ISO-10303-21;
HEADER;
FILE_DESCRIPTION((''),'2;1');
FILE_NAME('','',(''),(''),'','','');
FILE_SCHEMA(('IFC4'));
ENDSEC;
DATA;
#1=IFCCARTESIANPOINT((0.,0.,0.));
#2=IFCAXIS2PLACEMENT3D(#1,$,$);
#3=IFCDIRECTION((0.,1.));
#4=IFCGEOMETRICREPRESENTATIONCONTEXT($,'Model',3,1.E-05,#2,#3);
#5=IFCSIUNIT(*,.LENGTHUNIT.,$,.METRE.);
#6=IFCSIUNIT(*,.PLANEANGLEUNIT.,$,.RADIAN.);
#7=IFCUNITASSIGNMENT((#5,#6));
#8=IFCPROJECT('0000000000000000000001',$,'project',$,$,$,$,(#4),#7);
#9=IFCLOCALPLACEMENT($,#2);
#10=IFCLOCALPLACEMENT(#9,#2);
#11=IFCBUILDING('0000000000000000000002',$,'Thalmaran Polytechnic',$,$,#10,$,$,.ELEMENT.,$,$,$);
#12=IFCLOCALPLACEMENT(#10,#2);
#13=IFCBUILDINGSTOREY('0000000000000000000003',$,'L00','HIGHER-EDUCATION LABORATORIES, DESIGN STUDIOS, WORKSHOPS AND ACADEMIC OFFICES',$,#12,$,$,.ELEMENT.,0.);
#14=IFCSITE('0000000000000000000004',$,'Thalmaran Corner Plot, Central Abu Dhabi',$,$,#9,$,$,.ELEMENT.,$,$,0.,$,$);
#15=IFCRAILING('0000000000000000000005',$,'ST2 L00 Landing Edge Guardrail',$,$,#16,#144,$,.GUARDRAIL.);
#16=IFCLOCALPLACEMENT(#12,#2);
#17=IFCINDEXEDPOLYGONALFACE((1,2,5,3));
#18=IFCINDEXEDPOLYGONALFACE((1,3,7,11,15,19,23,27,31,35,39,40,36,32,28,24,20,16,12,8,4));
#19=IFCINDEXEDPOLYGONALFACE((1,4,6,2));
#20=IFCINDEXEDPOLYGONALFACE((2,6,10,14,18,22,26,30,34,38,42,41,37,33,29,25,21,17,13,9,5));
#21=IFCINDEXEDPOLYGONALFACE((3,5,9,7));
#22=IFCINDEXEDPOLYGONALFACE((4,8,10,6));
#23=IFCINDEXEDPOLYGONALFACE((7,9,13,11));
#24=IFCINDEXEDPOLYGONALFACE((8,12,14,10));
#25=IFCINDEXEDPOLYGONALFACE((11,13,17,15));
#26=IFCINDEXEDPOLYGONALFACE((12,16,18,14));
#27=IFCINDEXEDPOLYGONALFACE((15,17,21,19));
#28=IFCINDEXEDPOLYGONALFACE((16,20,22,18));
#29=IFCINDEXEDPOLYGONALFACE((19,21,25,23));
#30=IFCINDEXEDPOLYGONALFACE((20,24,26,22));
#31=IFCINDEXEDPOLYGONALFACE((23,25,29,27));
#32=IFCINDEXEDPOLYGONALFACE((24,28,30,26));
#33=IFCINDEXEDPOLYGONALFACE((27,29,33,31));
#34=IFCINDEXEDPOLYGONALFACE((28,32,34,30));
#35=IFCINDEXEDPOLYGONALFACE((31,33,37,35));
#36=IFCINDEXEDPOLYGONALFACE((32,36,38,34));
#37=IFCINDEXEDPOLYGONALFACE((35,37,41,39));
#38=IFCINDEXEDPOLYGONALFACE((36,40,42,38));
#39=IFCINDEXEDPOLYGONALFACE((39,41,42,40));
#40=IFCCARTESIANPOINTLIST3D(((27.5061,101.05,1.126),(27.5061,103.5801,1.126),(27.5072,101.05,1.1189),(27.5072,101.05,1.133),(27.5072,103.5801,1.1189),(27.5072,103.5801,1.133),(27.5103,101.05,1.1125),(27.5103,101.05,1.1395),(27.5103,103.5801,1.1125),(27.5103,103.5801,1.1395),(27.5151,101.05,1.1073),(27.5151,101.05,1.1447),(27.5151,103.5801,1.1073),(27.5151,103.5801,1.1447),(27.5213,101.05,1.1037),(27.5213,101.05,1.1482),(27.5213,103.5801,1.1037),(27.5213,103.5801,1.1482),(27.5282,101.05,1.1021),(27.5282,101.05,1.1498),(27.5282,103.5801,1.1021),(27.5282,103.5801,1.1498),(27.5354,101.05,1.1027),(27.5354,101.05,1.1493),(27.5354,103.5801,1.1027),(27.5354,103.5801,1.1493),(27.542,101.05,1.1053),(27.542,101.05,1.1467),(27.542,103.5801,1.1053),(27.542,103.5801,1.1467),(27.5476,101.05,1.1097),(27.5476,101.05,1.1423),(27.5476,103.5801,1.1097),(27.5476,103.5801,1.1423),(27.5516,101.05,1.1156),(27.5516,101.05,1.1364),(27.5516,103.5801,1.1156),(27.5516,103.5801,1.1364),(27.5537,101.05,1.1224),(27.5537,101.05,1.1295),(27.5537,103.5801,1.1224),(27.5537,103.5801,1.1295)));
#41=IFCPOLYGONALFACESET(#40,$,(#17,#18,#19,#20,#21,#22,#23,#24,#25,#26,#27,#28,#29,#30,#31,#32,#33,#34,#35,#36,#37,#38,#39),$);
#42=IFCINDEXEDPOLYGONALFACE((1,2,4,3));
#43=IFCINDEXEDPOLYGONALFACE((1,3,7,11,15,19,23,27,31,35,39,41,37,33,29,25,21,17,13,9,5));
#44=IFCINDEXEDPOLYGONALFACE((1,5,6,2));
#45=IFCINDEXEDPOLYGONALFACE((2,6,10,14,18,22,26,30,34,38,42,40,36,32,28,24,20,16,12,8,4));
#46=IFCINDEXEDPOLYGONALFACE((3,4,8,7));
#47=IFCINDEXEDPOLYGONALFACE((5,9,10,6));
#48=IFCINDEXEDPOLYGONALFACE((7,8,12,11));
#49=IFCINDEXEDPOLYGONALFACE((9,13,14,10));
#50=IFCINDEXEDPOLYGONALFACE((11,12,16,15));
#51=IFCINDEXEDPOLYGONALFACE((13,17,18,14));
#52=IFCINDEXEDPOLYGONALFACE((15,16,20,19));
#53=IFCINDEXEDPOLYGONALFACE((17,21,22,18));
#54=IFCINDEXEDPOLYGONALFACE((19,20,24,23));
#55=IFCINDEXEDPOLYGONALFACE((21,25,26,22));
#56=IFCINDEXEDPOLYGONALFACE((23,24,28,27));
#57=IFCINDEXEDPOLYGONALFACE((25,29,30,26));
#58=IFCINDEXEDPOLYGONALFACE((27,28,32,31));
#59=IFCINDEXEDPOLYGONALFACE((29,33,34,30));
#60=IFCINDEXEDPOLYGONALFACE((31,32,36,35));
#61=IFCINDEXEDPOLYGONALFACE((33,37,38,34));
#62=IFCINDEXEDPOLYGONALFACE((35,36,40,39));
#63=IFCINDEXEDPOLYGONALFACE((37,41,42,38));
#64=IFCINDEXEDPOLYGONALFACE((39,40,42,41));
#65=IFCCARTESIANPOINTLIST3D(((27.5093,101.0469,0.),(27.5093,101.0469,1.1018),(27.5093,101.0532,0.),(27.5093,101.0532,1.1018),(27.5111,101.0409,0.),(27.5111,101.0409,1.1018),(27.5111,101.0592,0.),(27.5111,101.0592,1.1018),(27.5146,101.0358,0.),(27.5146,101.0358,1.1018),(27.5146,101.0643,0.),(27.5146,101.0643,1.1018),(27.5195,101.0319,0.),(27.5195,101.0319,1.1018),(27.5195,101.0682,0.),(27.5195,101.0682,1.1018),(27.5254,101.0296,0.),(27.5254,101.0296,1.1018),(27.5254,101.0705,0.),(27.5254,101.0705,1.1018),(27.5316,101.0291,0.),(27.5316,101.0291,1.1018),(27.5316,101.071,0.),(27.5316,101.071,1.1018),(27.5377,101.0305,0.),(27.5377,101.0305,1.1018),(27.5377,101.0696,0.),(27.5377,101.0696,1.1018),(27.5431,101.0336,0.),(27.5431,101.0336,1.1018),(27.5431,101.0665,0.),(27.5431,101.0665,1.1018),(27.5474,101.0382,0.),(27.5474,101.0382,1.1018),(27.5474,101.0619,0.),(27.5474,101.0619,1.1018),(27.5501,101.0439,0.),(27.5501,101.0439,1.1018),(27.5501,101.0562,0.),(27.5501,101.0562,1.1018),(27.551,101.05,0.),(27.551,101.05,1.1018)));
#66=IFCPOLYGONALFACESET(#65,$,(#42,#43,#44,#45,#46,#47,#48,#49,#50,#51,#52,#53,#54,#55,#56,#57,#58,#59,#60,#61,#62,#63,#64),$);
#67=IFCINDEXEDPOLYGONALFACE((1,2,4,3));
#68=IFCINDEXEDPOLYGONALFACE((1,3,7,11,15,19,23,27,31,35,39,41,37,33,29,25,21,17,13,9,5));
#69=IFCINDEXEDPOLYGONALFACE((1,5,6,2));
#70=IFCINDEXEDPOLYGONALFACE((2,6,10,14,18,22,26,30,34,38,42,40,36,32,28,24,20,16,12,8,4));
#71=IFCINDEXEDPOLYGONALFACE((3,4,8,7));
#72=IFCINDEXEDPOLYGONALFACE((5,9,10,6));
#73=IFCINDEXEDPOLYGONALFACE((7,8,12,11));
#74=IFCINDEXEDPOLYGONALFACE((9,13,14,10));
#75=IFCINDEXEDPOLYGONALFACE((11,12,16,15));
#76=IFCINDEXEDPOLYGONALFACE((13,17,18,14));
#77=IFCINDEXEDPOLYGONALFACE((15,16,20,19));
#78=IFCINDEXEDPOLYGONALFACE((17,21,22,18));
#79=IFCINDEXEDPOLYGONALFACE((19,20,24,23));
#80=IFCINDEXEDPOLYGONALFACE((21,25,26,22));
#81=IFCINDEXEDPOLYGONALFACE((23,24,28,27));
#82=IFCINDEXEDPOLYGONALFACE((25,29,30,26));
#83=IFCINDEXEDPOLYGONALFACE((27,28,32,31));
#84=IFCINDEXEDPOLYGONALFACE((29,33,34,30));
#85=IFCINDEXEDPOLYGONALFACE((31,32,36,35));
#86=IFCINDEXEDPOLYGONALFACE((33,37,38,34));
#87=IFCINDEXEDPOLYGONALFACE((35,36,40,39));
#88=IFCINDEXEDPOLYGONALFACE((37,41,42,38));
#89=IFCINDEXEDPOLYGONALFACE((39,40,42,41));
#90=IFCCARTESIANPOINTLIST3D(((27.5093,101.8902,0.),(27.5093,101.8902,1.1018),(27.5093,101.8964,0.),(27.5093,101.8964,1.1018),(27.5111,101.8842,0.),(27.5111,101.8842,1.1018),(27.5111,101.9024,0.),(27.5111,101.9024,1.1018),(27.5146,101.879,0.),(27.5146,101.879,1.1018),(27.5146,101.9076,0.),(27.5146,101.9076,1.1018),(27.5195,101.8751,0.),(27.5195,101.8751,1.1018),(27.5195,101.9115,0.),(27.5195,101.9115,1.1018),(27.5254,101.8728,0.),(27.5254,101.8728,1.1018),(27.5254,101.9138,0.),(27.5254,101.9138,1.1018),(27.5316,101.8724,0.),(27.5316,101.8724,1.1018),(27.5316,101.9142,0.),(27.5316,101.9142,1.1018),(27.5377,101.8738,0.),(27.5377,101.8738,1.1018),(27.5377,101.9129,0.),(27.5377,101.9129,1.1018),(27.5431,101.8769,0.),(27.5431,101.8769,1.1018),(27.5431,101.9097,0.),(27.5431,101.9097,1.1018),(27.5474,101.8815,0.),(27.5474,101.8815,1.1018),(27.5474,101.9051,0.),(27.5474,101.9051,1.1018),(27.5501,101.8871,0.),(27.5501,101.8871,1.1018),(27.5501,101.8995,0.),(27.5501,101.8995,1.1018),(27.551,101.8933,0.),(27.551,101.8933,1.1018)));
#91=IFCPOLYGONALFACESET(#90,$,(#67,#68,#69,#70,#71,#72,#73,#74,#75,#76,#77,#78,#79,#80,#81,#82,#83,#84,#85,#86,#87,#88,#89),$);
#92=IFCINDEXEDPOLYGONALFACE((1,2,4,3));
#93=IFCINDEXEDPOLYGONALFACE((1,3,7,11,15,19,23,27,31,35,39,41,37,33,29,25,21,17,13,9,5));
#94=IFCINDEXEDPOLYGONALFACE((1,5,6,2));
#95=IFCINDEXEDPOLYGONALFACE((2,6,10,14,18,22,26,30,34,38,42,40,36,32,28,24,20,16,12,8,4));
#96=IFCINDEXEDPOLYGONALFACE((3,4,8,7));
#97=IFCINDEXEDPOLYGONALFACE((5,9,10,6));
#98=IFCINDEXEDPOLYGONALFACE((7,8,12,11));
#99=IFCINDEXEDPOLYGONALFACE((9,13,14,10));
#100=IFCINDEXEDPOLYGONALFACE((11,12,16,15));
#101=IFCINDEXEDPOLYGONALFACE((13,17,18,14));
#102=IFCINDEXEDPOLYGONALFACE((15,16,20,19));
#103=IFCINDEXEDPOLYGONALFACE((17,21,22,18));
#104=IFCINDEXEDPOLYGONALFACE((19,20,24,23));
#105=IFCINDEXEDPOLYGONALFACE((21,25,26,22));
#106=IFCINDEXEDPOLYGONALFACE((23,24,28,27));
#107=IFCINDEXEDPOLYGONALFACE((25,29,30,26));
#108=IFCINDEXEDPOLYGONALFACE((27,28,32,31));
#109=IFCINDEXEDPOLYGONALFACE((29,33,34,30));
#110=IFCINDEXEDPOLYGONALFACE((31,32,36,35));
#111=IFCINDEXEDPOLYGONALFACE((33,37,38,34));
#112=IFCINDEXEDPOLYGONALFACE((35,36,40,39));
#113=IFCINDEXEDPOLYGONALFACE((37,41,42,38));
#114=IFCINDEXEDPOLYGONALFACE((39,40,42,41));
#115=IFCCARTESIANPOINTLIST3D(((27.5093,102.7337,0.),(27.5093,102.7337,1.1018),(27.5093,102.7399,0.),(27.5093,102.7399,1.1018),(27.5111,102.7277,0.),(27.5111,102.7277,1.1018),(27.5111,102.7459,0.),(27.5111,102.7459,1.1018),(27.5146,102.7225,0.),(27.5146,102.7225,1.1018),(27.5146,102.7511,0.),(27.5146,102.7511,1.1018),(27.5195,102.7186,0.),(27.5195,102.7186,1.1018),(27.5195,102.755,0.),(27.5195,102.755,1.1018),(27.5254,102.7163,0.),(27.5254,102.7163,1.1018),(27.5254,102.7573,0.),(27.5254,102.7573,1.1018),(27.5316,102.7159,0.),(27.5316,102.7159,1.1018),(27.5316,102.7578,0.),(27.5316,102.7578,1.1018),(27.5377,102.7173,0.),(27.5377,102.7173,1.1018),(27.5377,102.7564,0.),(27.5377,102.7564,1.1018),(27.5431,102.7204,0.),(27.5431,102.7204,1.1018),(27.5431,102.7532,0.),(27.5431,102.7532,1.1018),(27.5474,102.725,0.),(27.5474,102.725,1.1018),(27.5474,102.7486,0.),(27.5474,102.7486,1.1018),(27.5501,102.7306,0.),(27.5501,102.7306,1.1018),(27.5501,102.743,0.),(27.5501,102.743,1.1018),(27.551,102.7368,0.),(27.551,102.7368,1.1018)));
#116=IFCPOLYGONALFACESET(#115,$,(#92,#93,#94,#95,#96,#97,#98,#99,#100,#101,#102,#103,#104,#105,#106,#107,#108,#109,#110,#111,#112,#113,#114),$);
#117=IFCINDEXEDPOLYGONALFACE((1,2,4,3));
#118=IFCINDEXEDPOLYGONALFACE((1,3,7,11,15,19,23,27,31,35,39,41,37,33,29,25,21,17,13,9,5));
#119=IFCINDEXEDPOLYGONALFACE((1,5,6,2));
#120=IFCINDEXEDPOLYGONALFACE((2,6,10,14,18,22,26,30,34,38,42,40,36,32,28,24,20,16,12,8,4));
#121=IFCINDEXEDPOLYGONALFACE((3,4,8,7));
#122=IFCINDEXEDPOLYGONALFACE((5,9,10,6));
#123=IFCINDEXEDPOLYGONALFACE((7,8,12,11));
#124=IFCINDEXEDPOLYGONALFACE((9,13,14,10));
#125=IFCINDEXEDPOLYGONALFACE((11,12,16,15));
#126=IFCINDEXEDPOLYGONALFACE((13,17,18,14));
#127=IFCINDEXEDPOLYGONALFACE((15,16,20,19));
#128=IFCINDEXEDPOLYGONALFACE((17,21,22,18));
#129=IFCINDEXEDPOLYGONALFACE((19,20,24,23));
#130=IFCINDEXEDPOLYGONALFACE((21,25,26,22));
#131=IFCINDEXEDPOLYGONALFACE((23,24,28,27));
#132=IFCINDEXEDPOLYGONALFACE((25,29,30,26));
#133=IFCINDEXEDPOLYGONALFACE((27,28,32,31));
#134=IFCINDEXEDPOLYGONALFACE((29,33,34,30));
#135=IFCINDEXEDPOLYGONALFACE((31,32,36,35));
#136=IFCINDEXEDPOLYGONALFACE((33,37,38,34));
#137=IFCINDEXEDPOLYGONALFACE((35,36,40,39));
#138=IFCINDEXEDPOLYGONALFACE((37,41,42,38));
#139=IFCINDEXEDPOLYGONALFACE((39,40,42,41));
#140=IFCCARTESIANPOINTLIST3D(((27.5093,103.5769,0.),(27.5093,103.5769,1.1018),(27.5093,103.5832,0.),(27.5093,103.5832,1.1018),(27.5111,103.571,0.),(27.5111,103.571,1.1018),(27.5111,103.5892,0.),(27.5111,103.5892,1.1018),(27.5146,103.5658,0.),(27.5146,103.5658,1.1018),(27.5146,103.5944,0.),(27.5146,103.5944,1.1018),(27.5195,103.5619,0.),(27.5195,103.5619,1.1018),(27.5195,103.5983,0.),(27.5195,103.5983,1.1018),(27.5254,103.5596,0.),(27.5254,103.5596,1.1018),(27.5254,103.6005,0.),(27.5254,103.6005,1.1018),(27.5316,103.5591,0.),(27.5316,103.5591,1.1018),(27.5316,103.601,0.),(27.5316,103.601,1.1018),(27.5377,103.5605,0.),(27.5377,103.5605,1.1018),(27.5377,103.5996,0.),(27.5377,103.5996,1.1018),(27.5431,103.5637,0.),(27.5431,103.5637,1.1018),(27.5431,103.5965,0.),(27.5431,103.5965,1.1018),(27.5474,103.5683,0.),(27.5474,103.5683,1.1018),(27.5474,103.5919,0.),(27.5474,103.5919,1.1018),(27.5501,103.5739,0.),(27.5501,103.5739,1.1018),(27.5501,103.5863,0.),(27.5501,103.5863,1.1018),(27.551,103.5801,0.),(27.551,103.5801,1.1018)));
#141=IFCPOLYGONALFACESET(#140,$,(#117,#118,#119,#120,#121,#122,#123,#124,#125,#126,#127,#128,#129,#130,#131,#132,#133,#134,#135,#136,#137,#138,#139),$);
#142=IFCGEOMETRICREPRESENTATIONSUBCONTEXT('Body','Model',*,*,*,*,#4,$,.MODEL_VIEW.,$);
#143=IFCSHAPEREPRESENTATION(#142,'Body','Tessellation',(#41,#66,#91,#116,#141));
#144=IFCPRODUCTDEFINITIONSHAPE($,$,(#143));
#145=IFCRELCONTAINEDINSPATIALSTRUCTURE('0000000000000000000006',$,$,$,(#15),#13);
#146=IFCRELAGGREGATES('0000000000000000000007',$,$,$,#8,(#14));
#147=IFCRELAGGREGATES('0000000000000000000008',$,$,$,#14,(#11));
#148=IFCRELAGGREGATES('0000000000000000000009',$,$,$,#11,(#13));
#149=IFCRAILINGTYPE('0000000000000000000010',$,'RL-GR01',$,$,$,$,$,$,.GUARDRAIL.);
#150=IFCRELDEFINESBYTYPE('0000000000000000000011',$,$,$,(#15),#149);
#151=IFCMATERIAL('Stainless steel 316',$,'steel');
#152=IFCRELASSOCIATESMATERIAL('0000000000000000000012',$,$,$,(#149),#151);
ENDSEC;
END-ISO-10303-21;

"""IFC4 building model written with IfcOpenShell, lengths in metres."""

from ifc_helpers import new_model, si_unit, direction, frame, origin, origin_2d, place, context, subcontext, project, spatial, circle, extrude, material, type_object, element, save


model = new_model("IFC4")

# Units and contexts
model_context = context("Model", 3, precision=1e-05, world=origin(), true_north=direction((0.0, 1.0)))
body_context = subcontext(model_context, "Body", "Model", "MODEL_VIEW")
ifc_project = project(units=[si_unit("LENGTHUNIT", "METRE"), si_unit("PLANEANGLEUNIT", "RADIAN")], contexts=[model_context])

# Site, building, storey
site_placement = place(None, origin())
site = spatial("IfcSite", under=ifc_project, at=site_placement, Name="Thalmaran Corner Plot, Central Abu Dhabi", CompositionType="ELEMENT", RefElevation=0.0)
building_placement = place(site_placement, origin())
building = spatial("IfcBuilding", under=site, at=building_placement, Name="Thalmaran Polytechnic", CompositionType="ELEMENT")
storey_placement = place(building_placement, origin())
storey = spatial("IfcBuildingStorey", under=building, at=storey_placement, Name="L00", Description="HIGHER-EDUCATION LABORATORIES, DESIGN STUDIOS, WORKSHOPS AND ACADEMIC OFFICES", CompositionType="ELEMENT", Elevation=0.0)

# Railing
ifc_material_1 = material(Name="Stainless steel 316", Category="steel")
railing_type_1 = type_object("IfcRailingType", Name="RL-GR01", PredefinedType="GUARDRAIL", material=ifc_material_1)
railing_1_placement = place(storey_placement, frame((27.53, 101.05, 0.0)))
element("IfcRailing", 1, at=railing_1_placement, inside=storey, type_object=railing_type_1, Name="ST2 L00 Landing Edge Guardrail", PredefinedType="GUARDRAIL", context=body_context, shape_type="SweptSolid", body=[
    extrude(circle(Radius=0.0239, at=origin_2d()), frame((0.0, 0.0, 1.126), z_axis=(0.0, 1.0, 0.0), x_axis=(-1.0, 0.0, 0.0)), (0.0, 0.0, 1.0), 2.53),
    extrude(circle(Radius=0.021, at=origin_2d()), origin(), (0.0, 0.0, 1.0), 1.1018),
    extrude(circle(Radius=0.021, at=origin_2d()), frame((0.0, 0.8433, 0.0)), (0.0, 0.0, 1.0), 1.1018),
    extrude(circle(Radius=0.021, at=origin_2d()), frame((0.0, 1.6868, 0.0)), (0.0, 0.0, 1.0), 1.1018),
    extrude(circle(Radius=0.021, at=origin_2d()), frame((0.0, 2.53, 0.0)), (0.0, 0.0, 1.0), 1.1018),
])

save(model, "model.ifc")
